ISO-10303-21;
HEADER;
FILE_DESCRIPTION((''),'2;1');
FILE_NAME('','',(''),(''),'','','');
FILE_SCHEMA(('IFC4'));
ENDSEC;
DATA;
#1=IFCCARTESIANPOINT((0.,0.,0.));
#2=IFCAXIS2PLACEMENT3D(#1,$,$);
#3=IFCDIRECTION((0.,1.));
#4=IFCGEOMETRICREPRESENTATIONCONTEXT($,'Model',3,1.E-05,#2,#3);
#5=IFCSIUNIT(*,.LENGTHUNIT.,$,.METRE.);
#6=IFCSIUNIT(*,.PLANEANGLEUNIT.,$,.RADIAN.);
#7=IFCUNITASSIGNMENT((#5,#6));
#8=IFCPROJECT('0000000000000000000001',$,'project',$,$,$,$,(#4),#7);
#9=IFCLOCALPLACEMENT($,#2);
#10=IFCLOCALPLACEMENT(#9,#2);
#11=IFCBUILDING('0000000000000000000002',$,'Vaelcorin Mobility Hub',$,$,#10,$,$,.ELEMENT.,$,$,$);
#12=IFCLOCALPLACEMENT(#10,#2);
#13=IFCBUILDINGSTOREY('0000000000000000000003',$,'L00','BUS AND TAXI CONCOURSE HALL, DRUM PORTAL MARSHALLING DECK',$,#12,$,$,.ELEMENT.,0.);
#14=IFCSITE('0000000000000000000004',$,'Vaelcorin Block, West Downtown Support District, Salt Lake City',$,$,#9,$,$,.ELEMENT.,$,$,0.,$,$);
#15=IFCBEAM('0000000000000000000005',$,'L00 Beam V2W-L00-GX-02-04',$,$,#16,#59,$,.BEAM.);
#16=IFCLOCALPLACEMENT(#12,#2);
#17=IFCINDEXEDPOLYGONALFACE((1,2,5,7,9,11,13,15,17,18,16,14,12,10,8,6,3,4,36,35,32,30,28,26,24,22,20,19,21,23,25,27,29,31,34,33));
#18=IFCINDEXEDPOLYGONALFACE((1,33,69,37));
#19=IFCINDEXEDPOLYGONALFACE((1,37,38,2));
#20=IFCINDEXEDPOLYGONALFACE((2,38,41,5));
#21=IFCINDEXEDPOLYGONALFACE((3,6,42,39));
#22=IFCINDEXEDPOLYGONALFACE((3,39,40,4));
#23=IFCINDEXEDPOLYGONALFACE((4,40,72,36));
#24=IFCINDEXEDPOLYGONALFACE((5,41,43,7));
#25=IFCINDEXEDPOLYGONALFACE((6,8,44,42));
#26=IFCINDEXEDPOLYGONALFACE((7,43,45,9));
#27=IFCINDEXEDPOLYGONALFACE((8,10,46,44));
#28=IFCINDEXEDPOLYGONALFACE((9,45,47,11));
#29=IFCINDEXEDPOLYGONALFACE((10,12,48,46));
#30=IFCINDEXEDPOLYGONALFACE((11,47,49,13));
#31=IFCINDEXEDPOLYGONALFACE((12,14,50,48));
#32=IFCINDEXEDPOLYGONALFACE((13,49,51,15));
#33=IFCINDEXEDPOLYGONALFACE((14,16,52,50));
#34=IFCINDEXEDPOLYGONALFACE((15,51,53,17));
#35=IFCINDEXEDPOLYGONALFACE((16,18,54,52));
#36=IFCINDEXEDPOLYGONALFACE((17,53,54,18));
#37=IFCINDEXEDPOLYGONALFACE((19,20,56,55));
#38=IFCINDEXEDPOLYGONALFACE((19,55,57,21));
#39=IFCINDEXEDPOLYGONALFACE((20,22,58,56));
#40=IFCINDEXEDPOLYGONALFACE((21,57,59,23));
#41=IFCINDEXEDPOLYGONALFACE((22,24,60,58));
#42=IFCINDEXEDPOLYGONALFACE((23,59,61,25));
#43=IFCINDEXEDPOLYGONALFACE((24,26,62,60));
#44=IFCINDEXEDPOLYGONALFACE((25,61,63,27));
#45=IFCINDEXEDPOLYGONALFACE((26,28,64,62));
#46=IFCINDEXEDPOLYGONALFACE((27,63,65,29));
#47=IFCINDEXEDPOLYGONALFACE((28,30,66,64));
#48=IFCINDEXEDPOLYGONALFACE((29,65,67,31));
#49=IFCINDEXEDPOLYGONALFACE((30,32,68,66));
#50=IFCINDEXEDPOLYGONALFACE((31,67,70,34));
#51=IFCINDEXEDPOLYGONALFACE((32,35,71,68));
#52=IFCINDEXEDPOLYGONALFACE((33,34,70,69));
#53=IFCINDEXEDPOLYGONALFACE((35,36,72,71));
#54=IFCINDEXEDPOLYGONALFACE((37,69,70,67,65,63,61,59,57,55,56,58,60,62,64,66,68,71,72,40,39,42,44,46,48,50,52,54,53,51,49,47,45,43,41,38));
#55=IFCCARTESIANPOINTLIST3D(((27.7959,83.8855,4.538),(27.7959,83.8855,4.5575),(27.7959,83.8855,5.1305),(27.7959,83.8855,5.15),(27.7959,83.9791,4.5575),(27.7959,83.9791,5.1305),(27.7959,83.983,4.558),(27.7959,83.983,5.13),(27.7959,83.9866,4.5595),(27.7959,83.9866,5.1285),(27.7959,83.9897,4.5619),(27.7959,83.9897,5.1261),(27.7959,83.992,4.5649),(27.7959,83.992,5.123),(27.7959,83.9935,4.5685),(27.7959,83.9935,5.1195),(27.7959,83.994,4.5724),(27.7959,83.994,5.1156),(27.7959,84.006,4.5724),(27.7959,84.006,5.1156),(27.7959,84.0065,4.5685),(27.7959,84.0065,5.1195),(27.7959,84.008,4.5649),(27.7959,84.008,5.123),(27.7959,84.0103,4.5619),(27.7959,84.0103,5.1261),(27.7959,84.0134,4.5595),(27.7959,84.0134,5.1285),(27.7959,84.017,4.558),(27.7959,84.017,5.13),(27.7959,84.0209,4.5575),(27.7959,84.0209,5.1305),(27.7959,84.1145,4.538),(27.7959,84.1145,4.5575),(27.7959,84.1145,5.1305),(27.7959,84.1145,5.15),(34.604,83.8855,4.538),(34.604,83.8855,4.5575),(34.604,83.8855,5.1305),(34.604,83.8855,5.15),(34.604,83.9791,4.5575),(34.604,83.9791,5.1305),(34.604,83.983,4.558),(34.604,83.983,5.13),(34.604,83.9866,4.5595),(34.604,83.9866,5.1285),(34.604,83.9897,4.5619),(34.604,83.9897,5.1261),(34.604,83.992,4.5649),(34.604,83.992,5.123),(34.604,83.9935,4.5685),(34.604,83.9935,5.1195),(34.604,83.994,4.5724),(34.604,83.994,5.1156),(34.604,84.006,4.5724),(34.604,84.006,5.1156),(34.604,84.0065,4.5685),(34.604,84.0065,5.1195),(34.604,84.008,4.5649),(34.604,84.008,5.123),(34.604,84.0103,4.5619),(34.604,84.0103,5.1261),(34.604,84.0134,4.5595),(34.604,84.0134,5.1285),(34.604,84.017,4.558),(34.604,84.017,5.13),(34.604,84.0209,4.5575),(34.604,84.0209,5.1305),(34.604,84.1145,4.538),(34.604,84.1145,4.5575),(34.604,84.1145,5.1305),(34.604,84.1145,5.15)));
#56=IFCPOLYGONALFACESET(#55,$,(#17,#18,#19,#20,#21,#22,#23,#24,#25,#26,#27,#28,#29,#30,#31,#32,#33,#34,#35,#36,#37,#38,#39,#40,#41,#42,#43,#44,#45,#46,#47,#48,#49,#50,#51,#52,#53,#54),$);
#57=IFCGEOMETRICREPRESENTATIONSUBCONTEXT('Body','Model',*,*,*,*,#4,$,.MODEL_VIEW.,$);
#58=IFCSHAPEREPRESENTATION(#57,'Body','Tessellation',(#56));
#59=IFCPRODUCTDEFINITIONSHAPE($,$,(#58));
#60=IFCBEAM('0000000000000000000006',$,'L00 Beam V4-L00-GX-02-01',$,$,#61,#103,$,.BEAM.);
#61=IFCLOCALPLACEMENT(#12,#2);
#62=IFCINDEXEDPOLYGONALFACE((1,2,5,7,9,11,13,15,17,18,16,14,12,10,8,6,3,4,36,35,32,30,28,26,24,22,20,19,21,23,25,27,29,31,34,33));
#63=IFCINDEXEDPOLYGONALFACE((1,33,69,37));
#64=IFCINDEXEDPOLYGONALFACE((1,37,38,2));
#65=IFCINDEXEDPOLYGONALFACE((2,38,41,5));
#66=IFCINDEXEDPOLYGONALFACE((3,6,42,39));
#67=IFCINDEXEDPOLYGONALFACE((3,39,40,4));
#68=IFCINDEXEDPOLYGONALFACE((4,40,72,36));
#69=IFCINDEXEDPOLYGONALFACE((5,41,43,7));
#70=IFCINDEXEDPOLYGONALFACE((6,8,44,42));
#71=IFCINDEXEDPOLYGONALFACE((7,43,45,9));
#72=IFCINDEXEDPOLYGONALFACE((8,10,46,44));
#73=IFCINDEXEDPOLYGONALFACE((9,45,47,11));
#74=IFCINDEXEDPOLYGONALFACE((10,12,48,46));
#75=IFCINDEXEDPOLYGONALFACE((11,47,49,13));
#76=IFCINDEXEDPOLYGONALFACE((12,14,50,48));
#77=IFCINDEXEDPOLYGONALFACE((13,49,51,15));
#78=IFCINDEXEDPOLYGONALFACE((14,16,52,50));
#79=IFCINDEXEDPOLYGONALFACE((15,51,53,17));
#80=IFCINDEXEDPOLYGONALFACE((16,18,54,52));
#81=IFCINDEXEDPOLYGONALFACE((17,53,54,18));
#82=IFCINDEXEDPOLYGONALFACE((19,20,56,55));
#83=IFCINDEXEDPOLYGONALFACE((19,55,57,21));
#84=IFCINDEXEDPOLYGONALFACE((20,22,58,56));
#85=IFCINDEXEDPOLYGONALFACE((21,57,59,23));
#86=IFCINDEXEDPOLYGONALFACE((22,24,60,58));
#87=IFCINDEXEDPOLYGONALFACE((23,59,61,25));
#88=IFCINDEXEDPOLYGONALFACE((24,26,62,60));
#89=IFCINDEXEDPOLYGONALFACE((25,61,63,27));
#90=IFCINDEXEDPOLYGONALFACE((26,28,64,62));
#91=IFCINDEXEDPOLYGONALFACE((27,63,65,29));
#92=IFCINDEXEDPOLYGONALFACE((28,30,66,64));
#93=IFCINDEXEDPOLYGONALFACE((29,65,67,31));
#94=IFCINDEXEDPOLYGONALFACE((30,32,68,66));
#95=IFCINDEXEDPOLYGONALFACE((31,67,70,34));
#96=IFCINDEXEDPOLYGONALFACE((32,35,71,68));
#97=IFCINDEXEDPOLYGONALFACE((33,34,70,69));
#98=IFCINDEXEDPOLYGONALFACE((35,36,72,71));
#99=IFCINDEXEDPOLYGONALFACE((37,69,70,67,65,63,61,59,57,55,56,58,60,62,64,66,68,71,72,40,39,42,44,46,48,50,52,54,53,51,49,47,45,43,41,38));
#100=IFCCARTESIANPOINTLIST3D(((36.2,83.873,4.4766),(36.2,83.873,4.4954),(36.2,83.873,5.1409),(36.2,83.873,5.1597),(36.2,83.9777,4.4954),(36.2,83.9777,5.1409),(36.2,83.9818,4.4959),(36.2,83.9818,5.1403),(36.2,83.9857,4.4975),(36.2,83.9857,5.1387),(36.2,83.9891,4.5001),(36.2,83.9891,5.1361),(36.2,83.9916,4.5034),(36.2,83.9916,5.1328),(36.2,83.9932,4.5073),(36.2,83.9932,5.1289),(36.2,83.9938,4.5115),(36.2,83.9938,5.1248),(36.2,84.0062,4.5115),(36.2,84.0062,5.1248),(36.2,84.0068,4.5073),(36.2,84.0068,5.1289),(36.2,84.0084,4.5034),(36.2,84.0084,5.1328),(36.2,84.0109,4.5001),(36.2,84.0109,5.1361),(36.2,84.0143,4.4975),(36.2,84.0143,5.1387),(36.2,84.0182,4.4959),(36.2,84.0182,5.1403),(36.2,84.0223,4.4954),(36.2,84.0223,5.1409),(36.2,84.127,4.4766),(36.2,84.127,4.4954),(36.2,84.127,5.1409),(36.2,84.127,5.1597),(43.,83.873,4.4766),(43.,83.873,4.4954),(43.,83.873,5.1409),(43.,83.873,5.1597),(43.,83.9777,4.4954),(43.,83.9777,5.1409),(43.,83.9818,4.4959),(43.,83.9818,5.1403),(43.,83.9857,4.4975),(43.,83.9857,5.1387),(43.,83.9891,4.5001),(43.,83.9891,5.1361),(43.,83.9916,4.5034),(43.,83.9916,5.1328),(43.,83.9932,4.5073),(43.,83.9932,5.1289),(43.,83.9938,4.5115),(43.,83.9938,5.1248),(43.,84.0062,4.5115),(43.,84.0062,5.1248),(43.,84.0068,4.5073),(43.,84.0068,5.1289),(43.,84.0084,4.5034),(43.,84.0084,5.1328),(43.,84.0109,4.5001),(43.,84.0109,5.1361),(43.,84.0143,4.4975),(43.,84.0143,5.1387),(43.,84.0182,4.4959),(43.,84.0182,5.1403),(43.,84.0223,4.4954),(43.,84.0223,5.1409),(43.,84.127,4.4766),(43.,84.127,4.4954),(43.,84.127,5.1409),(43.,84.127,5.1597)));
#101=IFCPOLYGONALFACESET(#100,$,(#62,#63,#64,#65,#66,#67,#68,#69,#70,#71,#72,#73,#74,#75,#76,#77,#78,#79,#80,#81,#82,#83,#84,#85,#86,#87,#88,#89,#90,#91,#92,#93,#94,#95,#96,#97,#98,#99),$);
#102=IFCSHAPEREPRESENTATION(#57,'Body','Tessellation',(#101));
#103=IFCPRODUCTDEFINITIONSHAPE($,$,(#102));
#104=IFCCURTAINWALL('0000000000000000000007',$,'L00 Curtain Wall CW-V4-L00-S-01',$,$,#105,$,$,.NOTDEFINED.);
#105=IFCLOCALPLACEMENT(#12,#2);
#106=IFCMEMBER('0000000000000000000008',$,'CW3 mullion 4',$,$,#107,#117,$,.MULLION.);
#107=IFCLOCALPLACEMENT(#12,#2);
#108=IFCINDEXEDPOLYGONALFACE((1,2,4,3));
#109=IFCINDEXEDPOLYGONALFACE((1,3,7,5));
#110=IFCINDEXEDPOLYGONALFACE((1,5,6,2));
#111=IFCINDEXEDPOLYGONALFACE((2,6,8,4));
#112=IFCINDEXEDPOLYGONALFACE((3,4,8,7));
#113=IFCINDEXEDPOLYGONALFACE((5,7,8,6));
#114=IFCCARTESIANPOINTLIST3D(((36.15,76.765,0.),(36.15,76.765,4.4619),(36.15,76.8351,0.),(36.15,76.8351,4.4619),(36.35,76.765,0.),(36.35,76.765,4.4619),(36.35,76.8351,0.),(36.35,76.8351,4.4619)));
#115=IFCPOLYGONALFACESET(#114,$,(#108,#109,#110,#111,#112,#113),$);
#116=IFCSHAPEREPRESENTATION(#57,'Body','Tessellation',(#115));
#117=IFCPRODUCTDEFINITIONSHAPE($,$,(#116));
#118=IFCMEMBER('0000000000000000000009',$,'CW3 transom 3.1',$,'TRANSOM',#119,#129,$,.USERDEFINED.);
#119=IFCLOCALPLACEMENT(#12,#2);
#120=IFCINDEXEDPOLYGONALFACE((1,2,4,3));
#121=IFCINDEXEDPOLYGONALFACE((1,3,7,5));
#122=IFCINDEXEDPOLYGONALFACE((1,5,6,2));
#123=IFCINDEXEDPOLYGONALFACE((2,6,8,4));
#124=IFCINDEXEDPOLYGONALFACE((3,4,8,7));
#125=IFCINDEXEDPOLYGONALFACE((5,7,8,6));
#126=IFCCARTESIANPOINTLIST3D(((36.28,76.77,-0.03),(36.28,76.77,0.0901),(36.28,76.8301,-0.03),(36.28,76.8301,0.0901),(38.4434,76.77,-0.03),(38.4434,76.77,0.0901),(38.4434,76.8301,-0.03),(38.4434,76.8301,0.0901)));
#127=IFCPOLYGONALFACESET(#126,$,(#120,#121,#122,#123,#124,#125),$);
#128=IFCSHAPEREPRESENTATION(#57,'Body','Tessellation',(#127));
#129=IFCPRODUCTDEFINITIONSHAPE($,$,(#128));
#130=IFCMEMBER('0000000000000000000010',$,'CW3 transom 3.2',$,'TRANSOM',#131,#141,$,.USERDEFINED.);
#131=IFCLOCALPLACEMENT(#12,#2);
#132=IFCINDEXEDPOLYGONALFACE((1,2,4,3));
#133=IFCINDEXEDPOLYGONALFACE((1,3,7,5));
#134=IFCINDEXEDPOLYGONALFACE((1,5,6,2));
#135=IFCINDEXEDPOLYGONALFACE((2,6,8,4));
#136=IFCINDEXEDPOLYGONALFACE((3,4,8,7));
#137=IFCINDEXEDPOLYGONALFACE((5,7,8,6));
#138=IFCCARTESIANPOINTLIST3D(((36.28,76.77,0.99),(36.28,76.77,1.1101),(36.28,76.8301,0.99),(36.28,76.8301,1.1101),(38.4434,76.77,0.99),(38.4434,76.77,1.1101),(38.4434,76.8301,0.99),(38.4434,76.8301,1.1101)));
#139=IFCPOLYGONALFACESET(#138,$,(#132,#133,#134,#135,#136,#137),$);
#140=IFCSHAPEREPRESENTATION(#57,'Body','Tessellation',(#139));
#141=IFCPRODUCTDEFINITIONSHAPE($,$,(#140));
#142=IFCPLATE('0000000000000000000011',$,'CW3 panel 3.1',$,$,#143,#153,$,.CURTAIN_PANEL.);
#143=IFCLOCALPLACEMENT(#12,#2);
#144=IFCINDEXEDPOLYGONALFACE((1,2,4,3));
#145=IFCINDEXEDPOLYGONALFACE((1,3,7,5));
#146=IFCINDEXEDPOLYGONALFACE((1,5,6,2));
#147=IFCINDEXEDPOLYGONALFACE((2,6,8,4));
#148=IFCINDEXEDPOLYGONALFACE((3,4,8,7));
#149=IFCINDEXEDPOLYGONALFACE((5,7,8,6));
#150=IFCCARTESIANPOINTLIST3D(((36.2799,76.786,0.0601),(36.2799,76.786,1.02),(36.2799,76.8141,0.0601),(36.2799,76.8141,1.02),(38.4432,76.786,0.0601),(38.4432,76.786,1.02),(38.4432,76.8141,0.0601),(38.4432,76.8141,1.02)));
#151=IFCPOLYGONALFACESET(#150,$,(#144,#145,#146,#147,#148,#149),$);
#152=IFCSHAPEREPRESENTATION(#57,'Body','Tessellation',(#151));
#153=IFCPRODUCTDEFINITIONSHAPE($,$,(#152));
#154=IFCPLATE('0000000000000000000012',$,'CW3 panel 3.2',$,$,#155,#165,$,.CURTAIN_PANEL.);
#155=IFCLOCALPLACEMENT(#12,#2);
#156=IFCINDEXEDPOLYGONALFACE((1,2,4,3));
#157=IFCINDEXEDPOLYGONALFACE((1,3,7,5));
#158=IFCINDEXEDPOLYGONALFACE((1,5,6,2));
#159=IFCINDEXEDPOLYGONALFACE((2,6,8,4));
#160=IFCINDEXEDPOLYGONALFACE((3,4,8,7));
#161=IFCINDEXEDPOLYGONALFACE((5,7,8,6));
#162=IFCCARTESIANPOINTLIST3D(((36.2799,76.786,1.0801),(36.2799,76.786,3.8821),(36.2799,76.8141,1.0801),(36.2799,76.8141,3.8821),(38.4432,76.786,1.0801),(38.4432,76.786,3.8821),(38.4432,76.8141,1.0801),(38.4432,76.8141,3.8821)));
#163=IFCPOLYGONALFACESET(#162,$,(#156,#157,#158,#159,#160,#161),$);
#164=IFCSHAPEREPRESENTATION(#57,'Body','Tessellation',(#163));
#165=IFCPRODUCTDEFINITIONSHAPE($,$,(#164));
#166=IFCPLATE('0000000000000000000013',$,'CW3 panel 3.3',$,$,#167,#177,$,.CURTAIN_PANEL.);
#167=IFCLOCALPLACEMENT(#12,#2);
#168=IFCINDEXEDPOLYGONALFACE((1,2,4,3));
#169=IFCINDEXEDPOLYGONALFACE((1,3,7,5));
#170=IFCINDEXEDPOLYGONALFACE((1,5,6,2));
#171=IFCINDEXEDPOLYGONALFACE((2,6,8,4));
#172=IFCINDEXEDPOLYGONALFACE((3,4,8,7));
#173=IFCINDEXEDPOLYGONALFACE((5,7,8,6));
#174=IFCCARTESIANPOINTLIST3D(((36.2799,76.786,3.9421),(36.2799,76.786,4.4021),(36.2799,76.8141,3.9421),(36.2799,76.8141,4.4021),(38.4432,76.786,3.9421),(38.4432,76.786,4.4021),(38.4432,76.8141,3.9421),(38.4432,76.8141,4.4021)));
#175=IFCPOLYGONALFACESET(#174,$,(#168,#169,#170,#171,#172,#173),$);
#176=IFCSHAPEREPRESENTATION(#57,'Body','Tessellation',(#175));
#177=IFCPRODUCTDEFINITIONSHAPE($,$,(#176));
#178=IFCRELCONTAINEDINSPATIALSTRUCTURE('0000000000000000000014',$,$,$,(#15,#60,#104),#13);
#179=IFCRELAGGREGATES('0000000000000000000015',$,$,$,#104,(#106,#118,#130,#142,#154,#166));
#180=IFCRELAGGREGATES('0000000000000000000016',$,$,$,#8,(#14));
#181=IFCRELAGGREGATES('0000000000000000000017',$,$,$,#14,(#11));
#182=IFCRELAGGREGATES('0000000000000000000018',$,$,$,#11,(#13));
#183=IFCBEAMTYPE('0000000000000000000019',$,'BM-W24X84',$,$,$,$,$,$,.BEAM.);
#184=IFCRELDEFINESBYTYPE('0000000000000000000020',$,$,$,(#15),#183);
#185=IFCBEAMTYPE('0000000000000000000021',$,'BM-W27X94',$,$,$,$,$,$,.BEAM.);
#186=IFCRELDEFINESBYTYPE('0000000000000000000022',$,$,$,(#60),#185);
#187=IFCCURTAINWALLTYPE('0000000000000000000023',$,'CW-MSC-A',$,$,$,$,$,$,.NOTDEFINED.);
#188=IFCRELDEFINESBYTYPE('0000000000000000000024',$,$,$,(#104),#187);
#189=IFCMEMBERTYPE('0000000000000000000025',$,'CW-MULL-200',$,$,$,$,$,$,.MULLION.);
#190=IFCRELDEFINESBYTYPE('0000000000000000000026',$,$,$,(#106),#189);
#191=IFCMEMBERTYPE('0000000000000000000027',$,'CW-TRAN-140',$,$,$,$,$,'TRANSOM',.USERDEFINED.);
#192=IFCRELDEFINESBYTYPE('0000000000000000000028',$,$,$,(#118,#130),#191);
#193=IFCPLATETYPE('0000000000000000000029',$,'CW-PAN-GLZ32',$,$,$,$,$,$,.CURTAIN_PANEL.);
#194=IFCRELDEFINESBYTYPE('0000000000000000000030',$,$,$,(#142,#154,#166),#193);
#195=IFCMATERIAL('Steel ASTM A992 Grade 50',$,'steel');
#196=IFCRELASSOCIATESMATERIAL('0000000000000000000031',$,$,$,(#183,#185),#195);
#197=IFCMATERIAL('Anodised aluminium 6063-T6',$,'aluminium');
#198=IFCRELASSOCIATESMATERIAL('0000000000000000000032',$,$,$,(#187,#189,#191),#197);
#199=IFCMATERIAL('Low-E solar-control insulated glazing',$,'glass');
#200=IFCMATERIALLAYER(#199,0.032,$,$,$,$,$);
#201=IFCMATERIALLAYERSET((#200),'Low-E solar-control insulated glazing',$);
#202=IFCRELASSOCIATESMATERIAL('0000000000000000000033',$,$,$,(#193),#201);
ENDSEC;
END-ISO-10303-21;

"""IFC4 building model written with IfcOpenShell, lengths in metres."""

from ifc_helpers import new_model, si_unit, direction, frame, origin, origin_2d, place, context, subcontext, project, spatial, rectangle, i_section, extrude, material, layer, layer_set, material_profile, profile_set, type_object, element, aggregate, save


model = new_model("IFC4")

# Units and contexts
model_context = context("Model", 3, precision=1e-05, world=origin(), true_north=direction((0.0, 1.0)))
body_context = subcontext(model_context, "Body", "Model", "MODEL_VIEW")
ifc_project = project(units=[si_unit("LENGTHUNIT", "METRE"), si_unit("PLANEANGLEUNIT", "RADIAN")], contexts=[model_context])

# Site, building, storey
site_placement = place(None, origin())
site = spatial("IfcSite", under=ifc_project, at=site_placement, Name="Vaelcorin Block, West Downtown Support District, Salt Lake City", CompositionType="ELEMENT", RefElevation=0.0)
building_placement = place(site_placement, origin())
building = spatial("IfcBuilding", under=site, at=building_placement, Name="Vaelcorin Mobility Hub", CompositionType="ELEMENT")
storey_placement = place(building_placement, origin())
storey = spatial("IfcBuildingStorey", under=building, at=storey_placement, Name="L00", Description="BUS AND TAXI CONCOURSE HALL, DRUM PORTAL MARSHALLING DECK", CompositionType="ELEMENT", Elevation=0.0)

# Shared definitions
ifc_material_1 = material(Name="Steel ASTM A992 Grade 50", Category="steel")

# Beams
ifc_material_profile_1 = material_profile(ifc_material_1, i_section(OverallWidth=0.229, OverallDepth=0.6121, WebThickness=0.012, FlangeThickness=0.0195, FilletRadius=0.0149, at=origin_2d()), Name="W24X84")
ifc_profile_set_1 = profile_set([ifc_material_profile_1], Name="Steel ASTM A992 Grade 50")
beam_type_1 = type_object("IfcBeamType", Name="BM-W24X84", PredefinedType="BEAM", material=ifc_profile_set_1)
beam_1_placement = place(storey_placement, frame((27.7959, 84.0, 4.844), z_axis=(1.0, 0.0, 0.0), x_axis=(0.0, 1.0, 0.0)))
element("IfcBeam", 1, at=beam_1_placement, inside=storey, type_object=beam_type_1, Name="L00 Beam V2W-L00-GX-02-04", PredefinedType="BEAM", context=body_context, shape_type="SweptSolid", body=[
    extrude(i_section(OverallWidth=0.229, OverallDepth=0.6121, WebThickness=0.012, FlangeThickness=0.0195, FilletRadius=0.0149, at=origin_2d()), origin(), (0.0, 0.0, 1.0), 6.8081),
])
ifc_material_profile_2 = material_profile(ifc_material_1, i_section(OverallWidth=0.2539, OverallDepth=0.6831, WebThickness=0.0125, FlangeThickness=0.0188, FilletRadius=0.0161, at=origin_2d()), Name="W27X94")
ifc_profile_set_2 = profile_set([ifc_material_profile_2], Name="Steel ASTM A992 Grade 50")
beam_type_2 = type_object("IfcBeamType", Name="BM-W27X94", PredefinedType="BEAM", material=ifc_profile_set_2)
beam_2_placement = place(storey_placement, frame((36.2, 84.0, 4.8181), z_axis=(1.0, 0.0, 0.0), x_axis=(0.0, 1.0, 0.0)))
element("IfcBeam", 2, at=beam_2_placement, inside=storey, type_object=beam_type_2, Name="L00 Beam V4-L00-GX-02-01", PredefinedType="BEAM", context=body_context, shape_type="SweptSolid", body=[
    extrude(i_section(OverallWidth=0.2539, OverallDepth=0.6831, WebThickness=0.0125, FlangeThickness=0.0188, FilletRadius=0.0161, at=origin_2d()), origin(), (0.0, 0.0, 1.0), 6.8),
])

# Curtain wall, members, plates
ifc_material_2 = material(Name="Anodised aluminium 6063-T6", Category="aluminium")
curtain_wall_type = type_object("IfcCurtainWallType", Name="CW-MSC-A", PredefinedType="NOTDEFINED", material=ifc_material_2)
curtain_wall_placement = place(storey_placement, origin())
curtain_wall = element("IfcCurtainWall", 3, at=curtain_wall_placement, inside=storey, type_object=curtain_wall_type, Name="L00 Curtain Wall CW-V4-L00-S-01", PredefinedType="NOTDEFINED")
ifc_material_profile_3 = material_profile(ifc_material_2, rectangle(XDim=0.0701, YDim=0.2, at=origin_2d()), Name="ALU-M70X200")
ifc_profile_set_3 = profile_set([ifc_material_profile_3], Name="Anodised aluminium 6063-T6")
member_type_1 = type_object("IfcMemberType", Name="CW-MULL-200", PredefinedType="MULLION", material=ifc_profile_set_3)
member_1_placement = place(storey_placement, frame((36.25, 76.8, 0.0), z_axis=(0.0, 0.0, 1.0), x_axis=(0.0, -1.0, 0.0)))
member_1 = element("IfcMember", 4, at=member_1_placement, type_object=member_type_1, Name="CW3 mullion 4", PredefinedType="MULLION", context=body_context, shape_type="SweptSolid", body=[
    extrude(rectangle(XDim=0.0701, YDim=0.2, at=origin_2d()), origin(), (0.0, 0.0, 1.0), 4.4619),
])
ifc_material_profile_4 = material_profile(ifc_material_2, rectangle(XDim=0.0601, YDim=0.1201, at=origin_2d()), Name="ALU-T60X120")
ifc_profile_set_4 = profile_set([ifc_material_profile_4], Name="Anodised aluminium 6063-T6")
member_type_2 = type_object("IfcMemberType", Name="CW-TRAN-140", ElementType="TRANSOM", PredefinedType="USERDEFINED", material=ifc_profile_set_4)
member_2_placement = place(storey_placement, frame((38.4434, 76.8, 0.03), z_axis=(-1.0, 0.0, 0.0), x_axis=(0.0, -1.0, 0.0)))
member_2 = element("IfcMember", 5, at=member_2_placement, type_object=member_type_2, Name="CW3 transom 3.1", ObjectType="TRANSOM", PredefinedType="USERDEFINED", context=body_context, shape_type="SweptSolid", body=[
    extrude(rectangle(XDim=0.0601, YDim=0.1201, at=origin_2d()), origin(), (0.0, 0.0, 1.0), 2.1633),
])
member_3_placement = place(storey_placement, frame((38.4434, 76.8, 1.05), z_axis=(-1.0, 0.0, 0.0), x_axis=(0.0, -1.0, 0.0)))
member_3 = element("IfcMember", 6, at=member_3_placement, type_object=member_type_2, Name="CW3 transom 3.2", ObjectType="TRANSOM", PredefinedType="USERDEFINED", context=body_context, shape_type="SweptSolid", body=[
    extrude(rectangle(XDim=0.0601, YDim=0.1201, at=origin_2d()), origin(), (0.0, 0.0, 1.0), 2.1633),
])
ifc_material_3 = material(Name="Low-E solar-control insulated glazing", Category="glass")
ifc_layer_1 = layer(ifc_material_3, 0.032)
ifc_layer_set_1 = layer_set([ifc_layer_1], Name="Low-E solar-control insulated glazing")
plate_type = type_object("IfcPlateType", Name="CW-PAN-GLZ32", PredefinedType="CURTAIN_PANEL", material=ifc_layer_set_1)
plate_1_placement = place(storey_placement, frame((37.3616, 76.8, 0.0601), z_axis=(0.0, 0.0, 1.0), x_axis=(-1.0, 0.0, 0.0)))
plate_1 = element("IfcPlate", 7, at=plate_1_placement, type_object=plate_type, Name="CW3 panel 3.1", PredefinedType="CURTAIN_PANEL", context=body_context, shape_type="SweptSolid", body=[
    extrude(rectangle(XDim=2.1633, YDim=0.0281, at=origin_2d()), origin(), (0.0, 0.0, 1.0), 0.96),
])
plate_2_placement = place(storey_placement, frame((37.3616, 76.8, 1.0801), z_axis=(0.0, 0.0, 1.0), x_axis=(-1.0, 0.0, 0.0)))
plate_2 = element("IfcPlate", 8, at=plate_2_placement, type_object=plate_type, Name="CW3 panel 3.2", PredefinedType="CURTAIN_PANEL", context=body_context, shape_type="SweptSolid", body=[
    extrude(rectangle(XDim=2.1633, YDim=0.0281, at=origin_2d()), origin(), (0.0, 0.0, 1.0), 2.802),
])
plate_3_placement = place(storey_placement, frame((37.3616, 76.8, 3.9421), z_axis=(0.0, 0.0, 1.0), x_axis=(-1.0, 0.0, 0.0)))
plate_3 = element("IfcPlate", 9, at=plate_3_placement, type_object=plate_type, Name="CW3 panel 3.3", PredefinedType="CURTAIN_PANEL", context=body_context, shape_type="SweptSolid", body=[
    extrude(rectangle(XDim=2.1633, YDim=0.0281, at=origin_2d()), origin(), (0.0, 0.0, 1.0), 0.46),
])
aggregate(curtain_wall, [member_1, member_2, member_3, plate_1, plate_2, plate_3])

save(model, "model.ifc")
